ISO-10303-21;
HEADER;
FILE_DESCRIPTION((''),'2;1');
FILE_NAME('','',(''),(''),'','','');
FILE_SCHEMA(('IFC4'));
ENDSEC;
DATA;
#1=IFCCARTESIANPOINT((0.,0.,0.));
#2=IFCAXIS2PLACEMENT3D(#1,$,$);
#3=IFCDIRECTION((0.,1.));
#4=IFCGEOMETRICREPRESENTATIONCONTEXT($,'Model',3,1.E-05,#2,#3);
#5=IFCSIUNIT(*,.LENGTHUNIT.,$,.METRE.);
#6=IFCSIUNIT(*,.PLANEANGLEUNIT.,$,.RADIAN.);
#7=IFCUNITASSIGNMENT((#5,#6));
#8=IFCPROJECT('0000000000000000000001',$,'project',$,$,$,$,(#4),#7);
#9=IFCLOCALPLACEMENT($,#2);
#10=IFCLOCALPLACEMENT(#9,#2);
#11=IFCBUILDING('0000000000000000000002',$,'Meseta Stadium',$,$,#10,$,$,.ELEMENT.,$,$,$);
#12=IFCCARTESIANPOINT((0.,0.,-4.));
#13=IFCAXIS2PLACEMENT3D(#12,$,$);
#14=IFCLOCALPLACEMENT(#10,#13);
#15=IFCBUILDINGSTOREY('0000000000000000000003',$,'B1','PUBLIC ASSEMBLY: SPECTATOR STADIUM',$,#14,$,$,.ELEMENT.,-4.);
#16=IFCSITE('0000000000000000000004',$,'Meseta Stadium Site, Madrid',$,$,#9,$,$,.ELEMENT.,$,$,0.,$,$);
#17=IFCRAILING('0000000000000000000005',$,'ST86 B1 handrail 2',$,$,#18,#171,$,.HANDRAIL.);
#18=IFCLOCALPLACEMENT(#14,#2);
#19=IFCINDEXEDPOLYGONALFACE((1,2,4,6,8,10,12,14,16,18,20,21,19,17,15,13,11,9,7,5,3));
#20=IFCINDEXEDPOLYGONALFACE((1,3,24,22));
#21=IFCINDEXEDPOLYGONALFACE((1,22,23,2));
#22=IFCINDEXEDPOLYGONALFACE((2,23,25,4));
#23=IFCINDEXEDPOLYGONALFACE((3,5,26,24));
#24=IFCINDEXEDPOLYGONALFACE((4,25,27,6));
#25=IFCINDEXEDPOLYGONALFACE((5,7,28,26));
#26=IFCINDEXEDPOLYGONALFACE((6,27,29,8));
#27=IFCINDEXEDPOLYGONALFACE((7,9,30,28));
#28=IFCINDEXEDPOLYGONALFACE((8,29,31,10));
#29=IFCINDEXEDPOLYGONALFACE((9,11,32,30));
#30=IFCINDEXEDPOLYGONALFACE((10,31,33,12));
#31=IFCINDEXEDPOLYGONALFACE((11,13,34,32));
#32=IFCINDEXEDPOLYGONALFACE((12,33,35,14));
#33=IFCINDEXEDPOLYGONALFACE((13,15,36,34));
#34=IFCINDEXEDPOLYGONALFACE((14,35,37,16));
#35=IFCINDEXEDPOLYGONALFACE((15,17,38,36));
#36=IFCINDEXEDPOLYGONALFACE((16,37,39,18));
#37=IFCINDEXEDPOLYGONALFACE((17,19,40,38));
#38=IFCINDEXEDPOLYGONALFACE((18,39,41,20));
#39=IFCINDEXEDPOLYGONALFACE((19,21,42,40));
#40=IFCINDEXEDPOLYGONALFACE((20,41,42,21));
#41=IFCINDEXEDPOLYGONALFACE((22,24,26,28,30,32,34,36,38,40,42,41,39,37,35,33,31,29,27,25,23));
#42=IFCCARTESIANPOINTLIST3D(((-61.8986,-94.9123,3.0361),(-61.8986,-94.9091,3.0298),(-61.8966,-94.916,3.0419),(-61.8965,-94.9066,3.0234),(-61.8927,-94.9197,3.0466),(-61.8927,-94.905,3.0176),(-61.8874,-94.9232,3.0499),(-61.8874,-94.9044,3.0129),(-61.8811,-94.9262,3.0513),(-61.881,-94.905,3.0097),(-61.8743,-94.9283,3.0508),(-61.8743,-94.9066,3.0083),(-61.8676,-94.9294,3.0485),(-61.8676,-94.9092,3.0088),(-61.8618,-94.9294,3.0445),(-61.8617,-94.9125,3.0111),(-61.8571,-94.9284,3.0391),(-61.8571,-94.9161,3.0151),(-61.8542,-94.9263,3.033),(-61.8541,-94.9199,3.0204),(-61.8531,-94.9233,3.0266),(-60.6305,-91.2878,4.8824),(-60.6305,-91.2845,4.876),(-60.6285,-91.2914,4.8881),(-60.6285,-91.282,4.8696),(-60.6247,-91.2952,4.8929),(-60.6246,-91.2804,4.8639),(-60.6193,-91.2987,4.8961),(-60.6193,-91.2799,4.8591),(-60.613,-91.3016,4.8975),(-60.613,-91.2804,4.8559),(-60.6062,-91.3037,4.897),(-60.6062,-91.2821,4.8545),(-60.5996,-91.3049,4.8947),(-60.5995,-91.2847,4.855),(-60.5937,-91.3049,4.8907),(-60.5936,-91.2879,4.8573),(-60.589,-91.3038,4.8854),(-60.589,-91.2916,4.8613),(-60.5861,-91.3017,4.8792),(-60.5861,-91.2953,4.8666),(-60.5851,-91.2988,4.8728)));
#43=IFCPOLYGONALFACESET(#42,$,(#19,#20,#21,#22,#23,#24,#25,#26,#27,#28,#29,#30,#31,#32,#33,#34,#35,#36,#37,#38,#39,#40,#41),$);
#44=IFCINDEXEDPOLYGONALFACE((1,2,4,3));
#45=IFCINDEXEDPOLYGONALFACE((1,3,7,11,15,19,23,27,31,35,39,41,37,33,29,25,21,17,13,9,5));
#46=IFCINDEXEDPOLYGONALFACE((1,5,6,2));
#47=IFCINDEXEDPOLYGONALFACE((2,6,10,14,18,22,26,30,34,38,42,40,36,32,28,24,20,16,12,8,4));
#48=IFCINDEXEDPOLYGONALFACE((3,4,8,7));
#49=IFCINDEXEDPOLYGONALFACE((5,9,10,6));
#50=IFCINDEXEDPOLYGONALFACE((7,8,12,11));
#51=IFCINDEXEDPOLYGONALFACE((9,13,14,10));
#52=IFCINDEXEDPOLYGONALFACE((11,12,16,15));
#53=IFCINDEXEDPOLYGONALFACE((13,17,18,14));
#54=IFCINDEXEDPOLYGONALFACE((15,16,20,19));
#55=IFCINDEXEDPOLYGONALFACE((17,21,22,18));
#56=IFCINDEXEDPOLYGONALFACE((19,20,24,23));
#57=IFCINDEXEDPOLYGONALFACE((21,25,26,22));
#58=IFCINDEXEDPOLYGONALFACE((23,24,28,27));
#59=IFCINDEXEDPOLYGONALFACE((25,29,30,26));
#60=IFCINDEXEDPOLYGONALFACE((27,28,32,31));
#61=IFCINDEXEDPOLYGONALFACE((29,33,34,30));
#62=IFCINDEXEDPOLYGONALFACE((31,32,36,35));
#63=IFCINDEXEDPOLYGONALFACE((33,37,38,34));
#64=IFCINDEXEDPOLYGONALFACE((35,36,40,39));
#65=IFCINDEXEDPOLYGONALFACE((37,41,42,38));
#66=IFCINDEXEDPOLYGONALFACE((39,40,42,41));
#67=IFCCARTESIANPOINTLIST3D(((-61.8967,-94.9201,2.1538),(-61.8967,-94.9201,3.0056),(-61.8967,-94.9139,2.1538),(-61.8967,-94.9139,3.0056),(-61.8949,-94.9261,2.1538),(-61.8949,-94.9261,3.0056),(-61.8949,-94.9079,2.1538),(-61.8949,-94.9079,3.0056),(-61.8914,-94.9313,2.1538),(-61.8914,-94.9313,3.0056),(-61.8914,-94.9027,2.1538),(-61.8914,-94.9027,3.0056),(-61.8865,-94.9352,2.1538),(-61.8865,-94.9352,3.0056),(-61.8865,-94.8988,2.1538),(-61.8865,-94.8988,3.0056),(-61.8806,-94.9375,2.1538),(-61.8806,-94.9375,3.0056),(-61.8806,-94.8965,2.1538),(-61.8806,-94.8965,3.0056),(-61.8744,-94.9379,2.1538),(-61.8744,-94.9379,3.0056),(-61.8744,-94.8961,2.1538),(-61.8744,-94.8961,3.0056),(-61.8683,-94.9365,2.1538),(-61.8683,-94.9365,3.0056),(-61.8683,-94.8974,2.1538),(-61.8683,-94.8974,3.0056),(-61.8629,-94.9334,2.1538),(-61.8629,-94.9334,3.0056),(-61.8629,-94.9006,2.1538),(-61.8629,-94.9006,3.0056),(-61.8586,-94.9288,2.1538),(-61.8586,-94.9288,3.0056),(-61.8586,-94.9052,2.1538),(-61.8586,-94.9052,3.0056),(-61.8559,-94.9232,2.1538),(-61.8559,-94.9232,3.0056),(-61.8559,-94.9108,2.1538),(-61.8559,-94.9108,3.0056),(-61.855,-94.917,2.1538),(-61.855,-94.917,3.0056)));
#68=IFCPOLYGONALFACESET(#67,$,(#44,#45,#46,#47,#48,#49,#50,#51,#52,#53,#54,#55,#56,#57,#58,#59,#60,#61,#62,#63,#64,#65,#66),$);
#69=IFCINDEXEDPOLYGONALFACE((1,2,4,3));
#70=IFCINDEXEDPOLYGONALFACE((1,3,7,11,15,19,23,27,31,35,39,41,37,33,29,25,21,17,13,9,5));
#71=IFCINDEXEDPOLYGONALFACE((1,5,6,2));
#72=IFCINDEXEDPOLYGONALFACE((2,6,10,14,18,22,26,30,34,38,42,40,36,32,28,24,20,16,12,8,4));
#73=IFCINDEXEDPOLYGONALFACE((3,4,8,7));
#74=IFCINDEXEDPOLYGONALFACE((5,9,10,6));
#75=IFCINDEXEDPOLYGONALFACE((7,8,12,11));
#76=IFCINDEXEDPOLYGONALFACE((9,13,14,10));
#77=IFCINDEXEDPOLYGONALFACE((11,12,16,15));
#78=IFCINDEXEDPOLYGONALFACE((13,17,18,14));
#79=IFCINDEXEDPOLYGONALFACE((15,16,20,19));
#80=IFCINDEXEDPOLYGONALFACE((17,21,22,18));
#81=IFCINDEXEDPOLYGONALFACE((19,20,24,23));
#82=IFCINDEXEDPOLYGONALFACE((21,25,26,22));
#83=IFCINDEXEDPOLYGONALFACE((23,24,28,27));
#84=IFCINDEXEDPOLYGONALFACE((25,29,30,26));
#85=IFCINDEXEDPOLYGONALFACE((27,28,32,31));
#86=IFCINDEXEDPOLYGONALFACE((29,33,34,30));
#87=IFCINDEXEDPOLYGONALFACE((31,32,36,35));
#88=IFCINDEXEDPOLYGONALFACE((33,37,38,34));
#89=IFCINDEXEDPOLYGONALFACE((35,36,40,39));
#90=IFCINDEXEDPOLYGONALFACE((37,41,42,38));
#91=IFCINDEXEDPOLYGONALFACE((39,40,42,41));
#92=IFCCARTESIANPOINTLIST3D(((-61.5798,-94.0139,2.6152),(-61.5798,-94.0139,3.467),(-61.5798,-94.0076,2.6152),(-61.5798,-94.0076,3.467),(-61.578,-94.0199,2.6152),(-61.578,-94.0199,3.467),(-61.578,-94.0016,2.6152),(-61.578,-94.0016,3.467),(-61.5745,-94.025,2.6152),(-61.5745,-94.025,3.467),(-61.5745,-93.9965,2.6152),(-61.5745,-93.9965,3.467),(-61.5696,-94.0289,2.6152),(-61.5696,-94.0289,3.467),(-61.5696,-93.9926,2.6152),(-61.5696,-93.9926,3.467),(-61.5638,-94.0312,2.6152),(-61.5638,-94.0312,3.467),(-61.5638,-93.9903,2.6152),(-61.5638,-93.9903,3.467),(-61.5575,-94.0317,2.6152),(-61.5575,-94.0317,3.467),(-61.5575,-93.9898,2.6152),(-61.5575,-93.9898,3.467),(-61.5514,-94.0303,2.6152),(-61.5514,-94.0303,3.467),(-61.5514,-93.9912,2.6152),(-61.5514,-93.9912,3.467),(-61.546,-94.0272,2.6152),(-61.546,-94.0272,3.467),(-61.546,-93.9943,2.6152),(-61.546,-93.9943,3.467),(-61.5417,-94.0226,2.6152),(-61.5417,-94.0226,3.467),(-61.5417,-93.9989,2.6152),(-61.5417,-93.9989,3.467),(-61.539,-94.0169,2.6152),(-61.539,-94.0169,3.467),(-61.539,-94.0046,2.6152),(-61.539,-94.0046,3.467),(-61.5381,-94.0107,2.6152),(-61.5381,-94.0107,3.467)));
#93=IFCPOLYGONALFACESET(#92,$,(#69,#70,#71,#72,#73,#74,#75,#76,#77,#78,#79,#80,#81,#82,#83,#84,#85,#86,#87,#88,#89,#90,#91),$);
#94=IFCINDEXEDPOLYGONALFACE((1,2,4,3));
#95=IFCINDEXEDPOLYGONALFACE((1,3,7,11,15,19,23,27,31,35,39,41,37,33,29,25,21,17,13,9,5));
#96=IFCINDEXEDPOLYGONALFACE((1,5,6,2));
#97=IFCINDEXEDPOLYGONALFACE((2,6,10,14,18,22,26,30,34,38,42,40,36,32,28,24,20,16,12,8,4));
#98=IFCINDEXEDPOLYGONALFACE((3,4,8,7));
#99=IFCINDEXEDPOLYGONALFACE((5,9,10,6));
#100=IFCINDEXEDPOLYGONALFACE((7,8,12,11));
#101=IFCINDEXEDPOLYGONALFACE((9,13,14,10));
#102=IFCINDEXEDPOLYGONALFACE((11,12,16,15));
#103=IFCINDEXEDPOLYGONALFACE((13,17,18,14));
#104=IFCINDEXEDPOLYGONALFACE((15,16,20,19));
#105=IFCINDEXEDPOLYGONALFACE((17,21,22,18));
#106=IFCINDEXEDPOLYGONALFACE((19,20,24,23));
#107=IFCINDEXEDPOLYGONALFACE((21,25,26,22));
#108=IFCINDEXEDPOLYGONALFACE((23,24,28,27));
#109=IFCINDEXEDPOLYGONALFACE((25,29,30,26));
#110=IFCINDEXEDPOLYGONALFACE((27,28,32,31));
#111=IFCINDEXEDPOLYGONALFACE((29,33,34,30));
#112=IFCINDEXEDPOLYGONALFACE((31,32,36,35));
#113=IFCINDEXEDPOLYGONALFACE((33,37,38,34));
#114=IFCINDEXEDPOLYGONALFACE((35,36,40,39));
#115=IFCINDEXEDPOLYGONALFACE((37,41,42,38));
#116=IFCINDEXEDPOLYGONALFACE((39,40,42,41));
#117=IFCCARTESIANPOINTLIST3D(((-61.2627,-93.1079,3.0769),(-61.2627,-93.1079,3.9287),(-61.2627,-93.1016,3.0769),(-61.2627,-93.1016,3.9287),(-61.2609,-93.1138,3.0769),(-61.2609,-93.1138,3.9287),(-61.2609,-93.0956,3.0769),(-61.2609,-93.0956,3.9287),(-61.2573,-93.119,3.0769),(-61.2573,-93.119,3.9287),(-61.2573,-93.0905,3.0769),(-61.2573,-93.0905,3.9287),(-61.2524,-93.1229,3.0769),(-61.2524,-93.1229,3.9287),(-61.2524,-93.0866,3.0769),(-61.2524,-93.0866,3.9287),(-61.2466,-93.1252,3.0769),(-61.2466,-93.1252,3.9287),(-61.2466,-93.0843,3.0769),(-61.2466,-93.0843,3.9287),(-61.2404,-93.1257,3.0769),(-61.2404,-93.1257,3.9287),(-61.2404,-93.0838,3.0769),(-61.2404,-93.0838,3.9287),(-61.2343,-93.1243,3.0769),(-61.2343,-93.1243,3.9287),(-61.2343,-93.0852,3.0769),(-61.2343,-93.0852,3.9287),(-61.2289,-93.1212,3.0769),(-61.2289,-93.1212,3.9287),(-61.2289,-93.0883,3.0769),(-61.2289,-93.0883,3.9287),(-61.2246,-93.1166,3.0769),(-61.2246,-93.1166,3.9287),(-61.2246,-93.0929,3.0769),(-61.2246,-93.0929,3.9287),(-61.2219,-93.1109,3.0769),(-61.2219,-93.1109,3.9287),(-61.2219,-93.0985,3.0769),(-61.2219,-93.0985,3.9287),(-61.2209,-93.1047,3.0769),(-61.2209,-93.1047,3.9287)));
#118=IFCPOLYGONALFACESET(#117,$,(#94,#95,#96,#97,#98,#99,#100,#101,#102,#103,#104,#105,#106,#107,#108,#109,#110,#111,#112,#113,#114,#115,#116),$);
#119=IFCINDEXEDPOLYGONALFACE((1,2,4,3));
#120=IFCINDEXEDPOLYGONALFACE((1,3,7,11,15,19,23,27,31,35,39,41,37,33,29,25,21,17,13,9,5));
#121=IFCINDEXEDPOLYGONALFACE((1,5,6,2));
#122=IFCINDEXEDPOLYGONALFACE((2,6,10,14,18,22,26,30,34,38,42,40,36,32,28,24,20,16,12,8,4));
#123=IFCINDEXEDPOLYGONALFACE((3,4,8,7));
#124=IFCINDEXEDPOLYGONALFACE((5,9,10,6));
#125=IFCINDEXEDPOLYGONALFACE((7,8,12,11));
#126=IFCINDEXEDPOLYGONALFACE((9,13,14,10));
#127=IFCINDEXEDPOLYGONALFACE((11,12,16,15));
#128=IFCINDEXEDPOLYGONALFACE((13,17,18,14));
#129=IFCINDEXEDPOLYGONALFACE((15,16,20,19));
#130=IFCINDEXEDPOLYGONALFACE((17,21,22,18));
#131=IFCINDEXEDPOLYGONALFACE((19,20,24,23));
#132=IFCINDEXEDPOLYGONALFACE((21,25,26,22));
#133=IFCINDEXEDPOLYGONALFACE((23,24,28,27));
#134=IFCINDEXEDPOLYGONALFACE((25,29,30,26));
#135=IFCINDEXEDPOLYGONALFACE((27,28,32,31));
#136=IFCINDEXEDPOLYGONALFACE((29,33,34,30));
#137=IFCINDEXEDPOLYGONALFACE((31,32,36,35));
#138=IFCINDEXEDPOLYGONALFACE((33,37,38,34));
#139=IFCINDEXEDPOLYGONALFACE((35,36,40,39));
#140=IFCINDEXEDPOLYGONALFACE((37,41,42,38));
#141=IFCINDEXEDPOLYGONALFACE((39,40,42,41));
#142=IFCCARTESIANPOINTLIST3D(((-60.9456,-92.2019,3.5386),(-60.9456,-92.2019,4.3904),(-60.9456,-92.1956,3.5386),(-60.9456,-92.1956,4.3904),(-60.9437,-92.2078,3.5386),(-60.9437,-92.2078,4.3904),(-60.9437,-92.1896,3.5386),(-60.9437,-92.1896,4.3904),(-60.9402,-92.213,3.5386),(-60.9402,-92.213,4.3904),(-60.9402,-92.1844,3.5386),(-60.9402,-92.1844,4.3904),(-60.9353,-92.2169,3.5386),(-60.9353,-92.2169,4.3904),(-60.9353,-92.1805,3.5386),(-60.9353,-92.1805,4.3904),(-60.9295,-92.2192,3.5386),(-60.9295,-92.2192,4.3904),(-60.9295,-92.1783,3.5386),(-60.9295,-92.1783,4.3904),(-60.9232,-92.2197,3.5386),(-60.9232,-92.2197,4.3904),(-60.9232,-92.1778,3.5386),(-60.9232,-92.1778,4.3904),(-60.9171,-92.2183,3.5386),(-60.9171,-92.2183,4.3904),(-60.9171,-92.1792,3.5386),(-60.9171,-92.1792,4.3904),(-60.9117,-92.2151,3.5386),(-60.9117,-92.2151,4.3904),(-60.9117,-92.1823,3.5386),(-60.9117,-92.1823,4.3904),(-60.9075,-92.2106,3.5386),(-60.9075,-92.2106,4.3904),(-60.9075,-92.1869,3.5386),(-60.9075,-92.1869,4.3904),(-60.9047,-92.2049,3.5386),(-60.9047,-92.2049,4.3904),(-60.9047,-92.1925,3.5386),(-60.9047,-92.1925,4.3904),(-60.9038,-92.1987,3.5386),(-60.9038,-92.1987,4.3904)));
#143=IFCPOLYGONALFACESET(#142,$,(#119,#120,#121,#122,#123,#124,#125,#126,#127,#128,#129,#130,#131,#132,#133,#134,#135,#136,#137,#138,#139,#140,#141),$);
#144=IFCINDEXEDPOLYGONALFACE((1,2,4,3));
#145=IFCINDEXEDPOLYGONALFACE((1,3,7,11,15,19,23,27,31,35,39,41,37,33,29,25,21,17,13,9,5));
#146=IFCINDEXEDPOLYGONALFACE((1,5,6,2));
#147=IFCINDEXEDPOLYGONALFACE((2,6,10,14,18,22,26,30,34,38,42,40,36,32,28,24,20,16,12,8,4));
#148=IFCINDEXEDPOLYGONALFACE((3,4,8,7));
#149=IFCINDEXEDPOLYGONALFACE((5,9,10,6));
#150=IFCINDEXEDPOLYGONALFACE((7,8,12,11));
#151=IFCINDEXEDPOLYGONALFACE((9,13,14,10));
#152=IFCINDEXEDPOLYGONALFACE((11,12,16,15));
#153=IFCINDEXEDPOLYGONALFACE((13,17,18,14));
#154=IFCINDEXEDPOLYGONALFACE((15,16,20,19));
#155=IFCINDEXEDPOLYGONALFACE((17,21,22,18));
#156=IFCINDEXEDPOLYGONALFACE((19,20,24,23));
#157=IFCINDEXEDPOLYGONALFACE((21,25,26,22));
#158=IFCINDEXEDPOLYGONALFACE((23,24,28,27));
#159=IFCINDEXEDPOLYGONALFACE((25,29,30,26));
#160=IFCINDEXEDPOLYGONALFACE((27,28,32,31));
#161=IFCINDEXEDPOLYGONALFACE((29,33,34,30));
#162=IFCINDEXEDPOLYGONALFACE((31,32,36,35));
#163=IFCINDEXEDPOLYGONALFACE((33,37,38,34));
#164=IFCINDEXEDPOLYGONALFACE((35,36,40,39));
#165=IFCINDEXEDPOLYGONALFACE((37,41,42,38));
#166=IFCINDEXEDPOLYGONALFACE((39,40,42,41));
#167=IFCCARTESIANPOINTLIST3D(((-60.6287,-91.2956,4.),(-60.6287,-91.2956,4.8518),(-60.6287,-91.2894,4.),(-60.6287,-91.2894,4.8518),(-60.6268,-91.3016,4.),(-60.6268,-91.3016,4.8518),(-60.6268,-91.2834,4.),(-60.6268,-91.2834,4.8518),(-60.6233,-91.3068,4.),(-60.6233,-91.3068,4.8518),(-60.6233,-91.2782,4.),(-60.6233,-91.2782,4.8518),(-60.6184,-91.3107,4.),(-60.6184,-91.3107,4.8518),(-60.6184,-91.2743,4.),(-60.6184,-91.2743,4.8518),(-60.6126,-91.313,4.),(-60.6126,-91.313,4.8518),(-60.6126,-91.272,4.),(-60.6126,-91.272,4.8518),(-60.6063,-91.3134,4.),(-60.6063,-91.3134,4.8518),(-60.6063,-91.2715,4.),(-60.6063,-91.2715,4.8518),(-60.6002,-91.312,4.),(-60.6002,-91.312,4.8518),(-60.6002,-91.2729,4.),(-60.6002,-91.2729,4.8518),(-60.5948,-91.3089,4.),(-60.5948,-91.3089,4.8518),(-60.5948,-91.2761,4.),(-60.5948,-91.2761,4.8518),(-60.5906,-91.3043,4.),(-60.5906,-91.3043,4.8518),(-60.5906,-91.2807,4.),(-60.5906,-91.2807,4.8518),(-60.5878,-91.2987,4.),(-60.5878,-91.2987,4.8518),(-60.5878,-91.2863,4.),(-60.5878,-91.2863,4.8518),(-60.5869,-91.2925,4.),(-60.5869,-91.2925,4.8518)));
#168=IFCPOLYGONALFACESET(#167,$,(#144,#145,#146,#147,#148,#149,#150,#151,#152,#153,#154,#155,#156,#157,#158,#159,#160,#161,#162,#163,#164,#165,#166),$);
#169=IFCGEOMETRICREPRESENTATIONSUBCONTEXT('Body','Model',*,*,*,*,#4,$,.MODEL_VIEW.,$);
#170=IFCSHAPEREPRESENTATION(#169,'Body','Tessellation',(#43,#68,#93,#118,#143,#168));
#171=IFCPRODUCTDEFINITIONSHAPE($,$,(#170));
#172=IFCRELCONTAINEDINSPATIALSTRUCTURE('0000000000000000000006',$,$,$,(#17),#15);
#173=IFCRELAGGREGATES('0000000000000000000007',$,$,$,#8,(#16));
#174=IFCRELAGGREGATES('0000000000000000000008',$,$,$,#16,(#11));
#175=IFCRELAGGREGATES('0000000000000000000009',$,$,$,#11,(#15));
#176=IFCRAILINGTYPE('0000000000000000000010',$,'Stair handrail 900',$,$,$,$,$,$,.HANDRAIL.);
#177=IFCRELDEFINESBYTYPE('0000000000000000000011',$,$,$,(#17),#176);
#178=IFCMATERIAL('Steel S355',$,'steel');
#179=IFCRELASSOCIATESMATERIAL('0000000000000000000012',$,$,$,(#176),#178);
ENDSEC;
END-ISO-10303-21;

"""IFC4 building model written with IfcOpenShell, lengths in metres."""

from ifc_helpers import new_model, si_unit, direction, frame, origin, origin_2d, place, context, subcontext, project, spatial, circle, extrude, material, type_object, element, save


model = new_model("IFC4")

# Units and contexts
model_context = context("Model", 3, precision=1e-05, world=origin(), true_north=direction((0.0, 1.0)))
body_context = subcontext(model_context, "Body", "Model", "MODEL_VIEW")
ifc_project = project(units=[si_unit("LENGTHUNIT", "METRE"), si_unit("PLANEANGLEUNIT", "RADIAN")], contexts=[model_context])

# Site, building, storey
site_placement = place(None, origin())
site = spatial("IfcSite", under=ifc_project, at=site_placement, Name="Meseta Stadium Site, Madrid", CompositionType="ELEMENT", RefElevation=0.0)
building_placement = place(site_placement, origin())
building = spatial("IfcBuilding", under=site, at=building_placement, Name="Meseta Stadium", CompositionType="ELEMENT")
storey_placement = place(building_placement, frame((0.0, 0.0, -4.0)))
storey = spatial("IfcBuildingStorey", under=building, at=storey_placement, Name="B1", Description="PUBLIC ASSEMBLY: SPECTATOR STADIUM", CompositionType="ELEMENT", Elevation=-4.0)

# Railing
ifc_material_1 = material(Name="Steel S355", Category="steel")
railing_type_1 = type_object("IfcRailingType", Name="Stair handrail 900", PredefinedType="HANDRAIL", material=ifc_material_1)
railing_1_placement = place(storey_placement, frame((-61.876, -94.917, 2.1538)))
element("IfcRailing", 1, at=railing_1_placement, inside=storey, type_object=railing_type_1, Name="ST86 B1 handrail 2", PredefinedType="HANDRAIL", context=body_context, shape_type="SweptSolid", body=[
    extrude(circle(Radius=0.0239, at=origin_2d()), frame((0.0, 0.0, 0.876), z_axis=(0.29762, 0.850686, 0.433308), x_axis=(-0.9439, 0.330231, 0.0)), (0.0, 0.0, 1.0), 4.2607),
    extrude(circle(Radius=0.021, at=origin_2d()), origin(), (0.0, 0.0, 1.0), 0.8518),
    extrude(circle(Radius=0.021, at=origin_2d()), frame((0.3169, 0.9062, 0.4614)), (0.0, 0.0, 1.0), 0.8518),
    extrude(circle(Radius=0.021, at=origin_2d()), frame((0.634, 1.8123, 0.9231)), (0.0, 0.0, 1.0), 0.8518),
    extrude(circle(Radius=0.021, at=origin_2d()), frame((0.9512, 2.7183, 1.3848)), (0.0, 0.0, 1.0), 0.8518),
    extrude(circle(Radius=0.021, at=origin_2d()), frame((1.2681, 3.6245, 1.8462)), (0.0, 0.0, 1.0), 0.8518),
])

save(model, "model.ifc")
